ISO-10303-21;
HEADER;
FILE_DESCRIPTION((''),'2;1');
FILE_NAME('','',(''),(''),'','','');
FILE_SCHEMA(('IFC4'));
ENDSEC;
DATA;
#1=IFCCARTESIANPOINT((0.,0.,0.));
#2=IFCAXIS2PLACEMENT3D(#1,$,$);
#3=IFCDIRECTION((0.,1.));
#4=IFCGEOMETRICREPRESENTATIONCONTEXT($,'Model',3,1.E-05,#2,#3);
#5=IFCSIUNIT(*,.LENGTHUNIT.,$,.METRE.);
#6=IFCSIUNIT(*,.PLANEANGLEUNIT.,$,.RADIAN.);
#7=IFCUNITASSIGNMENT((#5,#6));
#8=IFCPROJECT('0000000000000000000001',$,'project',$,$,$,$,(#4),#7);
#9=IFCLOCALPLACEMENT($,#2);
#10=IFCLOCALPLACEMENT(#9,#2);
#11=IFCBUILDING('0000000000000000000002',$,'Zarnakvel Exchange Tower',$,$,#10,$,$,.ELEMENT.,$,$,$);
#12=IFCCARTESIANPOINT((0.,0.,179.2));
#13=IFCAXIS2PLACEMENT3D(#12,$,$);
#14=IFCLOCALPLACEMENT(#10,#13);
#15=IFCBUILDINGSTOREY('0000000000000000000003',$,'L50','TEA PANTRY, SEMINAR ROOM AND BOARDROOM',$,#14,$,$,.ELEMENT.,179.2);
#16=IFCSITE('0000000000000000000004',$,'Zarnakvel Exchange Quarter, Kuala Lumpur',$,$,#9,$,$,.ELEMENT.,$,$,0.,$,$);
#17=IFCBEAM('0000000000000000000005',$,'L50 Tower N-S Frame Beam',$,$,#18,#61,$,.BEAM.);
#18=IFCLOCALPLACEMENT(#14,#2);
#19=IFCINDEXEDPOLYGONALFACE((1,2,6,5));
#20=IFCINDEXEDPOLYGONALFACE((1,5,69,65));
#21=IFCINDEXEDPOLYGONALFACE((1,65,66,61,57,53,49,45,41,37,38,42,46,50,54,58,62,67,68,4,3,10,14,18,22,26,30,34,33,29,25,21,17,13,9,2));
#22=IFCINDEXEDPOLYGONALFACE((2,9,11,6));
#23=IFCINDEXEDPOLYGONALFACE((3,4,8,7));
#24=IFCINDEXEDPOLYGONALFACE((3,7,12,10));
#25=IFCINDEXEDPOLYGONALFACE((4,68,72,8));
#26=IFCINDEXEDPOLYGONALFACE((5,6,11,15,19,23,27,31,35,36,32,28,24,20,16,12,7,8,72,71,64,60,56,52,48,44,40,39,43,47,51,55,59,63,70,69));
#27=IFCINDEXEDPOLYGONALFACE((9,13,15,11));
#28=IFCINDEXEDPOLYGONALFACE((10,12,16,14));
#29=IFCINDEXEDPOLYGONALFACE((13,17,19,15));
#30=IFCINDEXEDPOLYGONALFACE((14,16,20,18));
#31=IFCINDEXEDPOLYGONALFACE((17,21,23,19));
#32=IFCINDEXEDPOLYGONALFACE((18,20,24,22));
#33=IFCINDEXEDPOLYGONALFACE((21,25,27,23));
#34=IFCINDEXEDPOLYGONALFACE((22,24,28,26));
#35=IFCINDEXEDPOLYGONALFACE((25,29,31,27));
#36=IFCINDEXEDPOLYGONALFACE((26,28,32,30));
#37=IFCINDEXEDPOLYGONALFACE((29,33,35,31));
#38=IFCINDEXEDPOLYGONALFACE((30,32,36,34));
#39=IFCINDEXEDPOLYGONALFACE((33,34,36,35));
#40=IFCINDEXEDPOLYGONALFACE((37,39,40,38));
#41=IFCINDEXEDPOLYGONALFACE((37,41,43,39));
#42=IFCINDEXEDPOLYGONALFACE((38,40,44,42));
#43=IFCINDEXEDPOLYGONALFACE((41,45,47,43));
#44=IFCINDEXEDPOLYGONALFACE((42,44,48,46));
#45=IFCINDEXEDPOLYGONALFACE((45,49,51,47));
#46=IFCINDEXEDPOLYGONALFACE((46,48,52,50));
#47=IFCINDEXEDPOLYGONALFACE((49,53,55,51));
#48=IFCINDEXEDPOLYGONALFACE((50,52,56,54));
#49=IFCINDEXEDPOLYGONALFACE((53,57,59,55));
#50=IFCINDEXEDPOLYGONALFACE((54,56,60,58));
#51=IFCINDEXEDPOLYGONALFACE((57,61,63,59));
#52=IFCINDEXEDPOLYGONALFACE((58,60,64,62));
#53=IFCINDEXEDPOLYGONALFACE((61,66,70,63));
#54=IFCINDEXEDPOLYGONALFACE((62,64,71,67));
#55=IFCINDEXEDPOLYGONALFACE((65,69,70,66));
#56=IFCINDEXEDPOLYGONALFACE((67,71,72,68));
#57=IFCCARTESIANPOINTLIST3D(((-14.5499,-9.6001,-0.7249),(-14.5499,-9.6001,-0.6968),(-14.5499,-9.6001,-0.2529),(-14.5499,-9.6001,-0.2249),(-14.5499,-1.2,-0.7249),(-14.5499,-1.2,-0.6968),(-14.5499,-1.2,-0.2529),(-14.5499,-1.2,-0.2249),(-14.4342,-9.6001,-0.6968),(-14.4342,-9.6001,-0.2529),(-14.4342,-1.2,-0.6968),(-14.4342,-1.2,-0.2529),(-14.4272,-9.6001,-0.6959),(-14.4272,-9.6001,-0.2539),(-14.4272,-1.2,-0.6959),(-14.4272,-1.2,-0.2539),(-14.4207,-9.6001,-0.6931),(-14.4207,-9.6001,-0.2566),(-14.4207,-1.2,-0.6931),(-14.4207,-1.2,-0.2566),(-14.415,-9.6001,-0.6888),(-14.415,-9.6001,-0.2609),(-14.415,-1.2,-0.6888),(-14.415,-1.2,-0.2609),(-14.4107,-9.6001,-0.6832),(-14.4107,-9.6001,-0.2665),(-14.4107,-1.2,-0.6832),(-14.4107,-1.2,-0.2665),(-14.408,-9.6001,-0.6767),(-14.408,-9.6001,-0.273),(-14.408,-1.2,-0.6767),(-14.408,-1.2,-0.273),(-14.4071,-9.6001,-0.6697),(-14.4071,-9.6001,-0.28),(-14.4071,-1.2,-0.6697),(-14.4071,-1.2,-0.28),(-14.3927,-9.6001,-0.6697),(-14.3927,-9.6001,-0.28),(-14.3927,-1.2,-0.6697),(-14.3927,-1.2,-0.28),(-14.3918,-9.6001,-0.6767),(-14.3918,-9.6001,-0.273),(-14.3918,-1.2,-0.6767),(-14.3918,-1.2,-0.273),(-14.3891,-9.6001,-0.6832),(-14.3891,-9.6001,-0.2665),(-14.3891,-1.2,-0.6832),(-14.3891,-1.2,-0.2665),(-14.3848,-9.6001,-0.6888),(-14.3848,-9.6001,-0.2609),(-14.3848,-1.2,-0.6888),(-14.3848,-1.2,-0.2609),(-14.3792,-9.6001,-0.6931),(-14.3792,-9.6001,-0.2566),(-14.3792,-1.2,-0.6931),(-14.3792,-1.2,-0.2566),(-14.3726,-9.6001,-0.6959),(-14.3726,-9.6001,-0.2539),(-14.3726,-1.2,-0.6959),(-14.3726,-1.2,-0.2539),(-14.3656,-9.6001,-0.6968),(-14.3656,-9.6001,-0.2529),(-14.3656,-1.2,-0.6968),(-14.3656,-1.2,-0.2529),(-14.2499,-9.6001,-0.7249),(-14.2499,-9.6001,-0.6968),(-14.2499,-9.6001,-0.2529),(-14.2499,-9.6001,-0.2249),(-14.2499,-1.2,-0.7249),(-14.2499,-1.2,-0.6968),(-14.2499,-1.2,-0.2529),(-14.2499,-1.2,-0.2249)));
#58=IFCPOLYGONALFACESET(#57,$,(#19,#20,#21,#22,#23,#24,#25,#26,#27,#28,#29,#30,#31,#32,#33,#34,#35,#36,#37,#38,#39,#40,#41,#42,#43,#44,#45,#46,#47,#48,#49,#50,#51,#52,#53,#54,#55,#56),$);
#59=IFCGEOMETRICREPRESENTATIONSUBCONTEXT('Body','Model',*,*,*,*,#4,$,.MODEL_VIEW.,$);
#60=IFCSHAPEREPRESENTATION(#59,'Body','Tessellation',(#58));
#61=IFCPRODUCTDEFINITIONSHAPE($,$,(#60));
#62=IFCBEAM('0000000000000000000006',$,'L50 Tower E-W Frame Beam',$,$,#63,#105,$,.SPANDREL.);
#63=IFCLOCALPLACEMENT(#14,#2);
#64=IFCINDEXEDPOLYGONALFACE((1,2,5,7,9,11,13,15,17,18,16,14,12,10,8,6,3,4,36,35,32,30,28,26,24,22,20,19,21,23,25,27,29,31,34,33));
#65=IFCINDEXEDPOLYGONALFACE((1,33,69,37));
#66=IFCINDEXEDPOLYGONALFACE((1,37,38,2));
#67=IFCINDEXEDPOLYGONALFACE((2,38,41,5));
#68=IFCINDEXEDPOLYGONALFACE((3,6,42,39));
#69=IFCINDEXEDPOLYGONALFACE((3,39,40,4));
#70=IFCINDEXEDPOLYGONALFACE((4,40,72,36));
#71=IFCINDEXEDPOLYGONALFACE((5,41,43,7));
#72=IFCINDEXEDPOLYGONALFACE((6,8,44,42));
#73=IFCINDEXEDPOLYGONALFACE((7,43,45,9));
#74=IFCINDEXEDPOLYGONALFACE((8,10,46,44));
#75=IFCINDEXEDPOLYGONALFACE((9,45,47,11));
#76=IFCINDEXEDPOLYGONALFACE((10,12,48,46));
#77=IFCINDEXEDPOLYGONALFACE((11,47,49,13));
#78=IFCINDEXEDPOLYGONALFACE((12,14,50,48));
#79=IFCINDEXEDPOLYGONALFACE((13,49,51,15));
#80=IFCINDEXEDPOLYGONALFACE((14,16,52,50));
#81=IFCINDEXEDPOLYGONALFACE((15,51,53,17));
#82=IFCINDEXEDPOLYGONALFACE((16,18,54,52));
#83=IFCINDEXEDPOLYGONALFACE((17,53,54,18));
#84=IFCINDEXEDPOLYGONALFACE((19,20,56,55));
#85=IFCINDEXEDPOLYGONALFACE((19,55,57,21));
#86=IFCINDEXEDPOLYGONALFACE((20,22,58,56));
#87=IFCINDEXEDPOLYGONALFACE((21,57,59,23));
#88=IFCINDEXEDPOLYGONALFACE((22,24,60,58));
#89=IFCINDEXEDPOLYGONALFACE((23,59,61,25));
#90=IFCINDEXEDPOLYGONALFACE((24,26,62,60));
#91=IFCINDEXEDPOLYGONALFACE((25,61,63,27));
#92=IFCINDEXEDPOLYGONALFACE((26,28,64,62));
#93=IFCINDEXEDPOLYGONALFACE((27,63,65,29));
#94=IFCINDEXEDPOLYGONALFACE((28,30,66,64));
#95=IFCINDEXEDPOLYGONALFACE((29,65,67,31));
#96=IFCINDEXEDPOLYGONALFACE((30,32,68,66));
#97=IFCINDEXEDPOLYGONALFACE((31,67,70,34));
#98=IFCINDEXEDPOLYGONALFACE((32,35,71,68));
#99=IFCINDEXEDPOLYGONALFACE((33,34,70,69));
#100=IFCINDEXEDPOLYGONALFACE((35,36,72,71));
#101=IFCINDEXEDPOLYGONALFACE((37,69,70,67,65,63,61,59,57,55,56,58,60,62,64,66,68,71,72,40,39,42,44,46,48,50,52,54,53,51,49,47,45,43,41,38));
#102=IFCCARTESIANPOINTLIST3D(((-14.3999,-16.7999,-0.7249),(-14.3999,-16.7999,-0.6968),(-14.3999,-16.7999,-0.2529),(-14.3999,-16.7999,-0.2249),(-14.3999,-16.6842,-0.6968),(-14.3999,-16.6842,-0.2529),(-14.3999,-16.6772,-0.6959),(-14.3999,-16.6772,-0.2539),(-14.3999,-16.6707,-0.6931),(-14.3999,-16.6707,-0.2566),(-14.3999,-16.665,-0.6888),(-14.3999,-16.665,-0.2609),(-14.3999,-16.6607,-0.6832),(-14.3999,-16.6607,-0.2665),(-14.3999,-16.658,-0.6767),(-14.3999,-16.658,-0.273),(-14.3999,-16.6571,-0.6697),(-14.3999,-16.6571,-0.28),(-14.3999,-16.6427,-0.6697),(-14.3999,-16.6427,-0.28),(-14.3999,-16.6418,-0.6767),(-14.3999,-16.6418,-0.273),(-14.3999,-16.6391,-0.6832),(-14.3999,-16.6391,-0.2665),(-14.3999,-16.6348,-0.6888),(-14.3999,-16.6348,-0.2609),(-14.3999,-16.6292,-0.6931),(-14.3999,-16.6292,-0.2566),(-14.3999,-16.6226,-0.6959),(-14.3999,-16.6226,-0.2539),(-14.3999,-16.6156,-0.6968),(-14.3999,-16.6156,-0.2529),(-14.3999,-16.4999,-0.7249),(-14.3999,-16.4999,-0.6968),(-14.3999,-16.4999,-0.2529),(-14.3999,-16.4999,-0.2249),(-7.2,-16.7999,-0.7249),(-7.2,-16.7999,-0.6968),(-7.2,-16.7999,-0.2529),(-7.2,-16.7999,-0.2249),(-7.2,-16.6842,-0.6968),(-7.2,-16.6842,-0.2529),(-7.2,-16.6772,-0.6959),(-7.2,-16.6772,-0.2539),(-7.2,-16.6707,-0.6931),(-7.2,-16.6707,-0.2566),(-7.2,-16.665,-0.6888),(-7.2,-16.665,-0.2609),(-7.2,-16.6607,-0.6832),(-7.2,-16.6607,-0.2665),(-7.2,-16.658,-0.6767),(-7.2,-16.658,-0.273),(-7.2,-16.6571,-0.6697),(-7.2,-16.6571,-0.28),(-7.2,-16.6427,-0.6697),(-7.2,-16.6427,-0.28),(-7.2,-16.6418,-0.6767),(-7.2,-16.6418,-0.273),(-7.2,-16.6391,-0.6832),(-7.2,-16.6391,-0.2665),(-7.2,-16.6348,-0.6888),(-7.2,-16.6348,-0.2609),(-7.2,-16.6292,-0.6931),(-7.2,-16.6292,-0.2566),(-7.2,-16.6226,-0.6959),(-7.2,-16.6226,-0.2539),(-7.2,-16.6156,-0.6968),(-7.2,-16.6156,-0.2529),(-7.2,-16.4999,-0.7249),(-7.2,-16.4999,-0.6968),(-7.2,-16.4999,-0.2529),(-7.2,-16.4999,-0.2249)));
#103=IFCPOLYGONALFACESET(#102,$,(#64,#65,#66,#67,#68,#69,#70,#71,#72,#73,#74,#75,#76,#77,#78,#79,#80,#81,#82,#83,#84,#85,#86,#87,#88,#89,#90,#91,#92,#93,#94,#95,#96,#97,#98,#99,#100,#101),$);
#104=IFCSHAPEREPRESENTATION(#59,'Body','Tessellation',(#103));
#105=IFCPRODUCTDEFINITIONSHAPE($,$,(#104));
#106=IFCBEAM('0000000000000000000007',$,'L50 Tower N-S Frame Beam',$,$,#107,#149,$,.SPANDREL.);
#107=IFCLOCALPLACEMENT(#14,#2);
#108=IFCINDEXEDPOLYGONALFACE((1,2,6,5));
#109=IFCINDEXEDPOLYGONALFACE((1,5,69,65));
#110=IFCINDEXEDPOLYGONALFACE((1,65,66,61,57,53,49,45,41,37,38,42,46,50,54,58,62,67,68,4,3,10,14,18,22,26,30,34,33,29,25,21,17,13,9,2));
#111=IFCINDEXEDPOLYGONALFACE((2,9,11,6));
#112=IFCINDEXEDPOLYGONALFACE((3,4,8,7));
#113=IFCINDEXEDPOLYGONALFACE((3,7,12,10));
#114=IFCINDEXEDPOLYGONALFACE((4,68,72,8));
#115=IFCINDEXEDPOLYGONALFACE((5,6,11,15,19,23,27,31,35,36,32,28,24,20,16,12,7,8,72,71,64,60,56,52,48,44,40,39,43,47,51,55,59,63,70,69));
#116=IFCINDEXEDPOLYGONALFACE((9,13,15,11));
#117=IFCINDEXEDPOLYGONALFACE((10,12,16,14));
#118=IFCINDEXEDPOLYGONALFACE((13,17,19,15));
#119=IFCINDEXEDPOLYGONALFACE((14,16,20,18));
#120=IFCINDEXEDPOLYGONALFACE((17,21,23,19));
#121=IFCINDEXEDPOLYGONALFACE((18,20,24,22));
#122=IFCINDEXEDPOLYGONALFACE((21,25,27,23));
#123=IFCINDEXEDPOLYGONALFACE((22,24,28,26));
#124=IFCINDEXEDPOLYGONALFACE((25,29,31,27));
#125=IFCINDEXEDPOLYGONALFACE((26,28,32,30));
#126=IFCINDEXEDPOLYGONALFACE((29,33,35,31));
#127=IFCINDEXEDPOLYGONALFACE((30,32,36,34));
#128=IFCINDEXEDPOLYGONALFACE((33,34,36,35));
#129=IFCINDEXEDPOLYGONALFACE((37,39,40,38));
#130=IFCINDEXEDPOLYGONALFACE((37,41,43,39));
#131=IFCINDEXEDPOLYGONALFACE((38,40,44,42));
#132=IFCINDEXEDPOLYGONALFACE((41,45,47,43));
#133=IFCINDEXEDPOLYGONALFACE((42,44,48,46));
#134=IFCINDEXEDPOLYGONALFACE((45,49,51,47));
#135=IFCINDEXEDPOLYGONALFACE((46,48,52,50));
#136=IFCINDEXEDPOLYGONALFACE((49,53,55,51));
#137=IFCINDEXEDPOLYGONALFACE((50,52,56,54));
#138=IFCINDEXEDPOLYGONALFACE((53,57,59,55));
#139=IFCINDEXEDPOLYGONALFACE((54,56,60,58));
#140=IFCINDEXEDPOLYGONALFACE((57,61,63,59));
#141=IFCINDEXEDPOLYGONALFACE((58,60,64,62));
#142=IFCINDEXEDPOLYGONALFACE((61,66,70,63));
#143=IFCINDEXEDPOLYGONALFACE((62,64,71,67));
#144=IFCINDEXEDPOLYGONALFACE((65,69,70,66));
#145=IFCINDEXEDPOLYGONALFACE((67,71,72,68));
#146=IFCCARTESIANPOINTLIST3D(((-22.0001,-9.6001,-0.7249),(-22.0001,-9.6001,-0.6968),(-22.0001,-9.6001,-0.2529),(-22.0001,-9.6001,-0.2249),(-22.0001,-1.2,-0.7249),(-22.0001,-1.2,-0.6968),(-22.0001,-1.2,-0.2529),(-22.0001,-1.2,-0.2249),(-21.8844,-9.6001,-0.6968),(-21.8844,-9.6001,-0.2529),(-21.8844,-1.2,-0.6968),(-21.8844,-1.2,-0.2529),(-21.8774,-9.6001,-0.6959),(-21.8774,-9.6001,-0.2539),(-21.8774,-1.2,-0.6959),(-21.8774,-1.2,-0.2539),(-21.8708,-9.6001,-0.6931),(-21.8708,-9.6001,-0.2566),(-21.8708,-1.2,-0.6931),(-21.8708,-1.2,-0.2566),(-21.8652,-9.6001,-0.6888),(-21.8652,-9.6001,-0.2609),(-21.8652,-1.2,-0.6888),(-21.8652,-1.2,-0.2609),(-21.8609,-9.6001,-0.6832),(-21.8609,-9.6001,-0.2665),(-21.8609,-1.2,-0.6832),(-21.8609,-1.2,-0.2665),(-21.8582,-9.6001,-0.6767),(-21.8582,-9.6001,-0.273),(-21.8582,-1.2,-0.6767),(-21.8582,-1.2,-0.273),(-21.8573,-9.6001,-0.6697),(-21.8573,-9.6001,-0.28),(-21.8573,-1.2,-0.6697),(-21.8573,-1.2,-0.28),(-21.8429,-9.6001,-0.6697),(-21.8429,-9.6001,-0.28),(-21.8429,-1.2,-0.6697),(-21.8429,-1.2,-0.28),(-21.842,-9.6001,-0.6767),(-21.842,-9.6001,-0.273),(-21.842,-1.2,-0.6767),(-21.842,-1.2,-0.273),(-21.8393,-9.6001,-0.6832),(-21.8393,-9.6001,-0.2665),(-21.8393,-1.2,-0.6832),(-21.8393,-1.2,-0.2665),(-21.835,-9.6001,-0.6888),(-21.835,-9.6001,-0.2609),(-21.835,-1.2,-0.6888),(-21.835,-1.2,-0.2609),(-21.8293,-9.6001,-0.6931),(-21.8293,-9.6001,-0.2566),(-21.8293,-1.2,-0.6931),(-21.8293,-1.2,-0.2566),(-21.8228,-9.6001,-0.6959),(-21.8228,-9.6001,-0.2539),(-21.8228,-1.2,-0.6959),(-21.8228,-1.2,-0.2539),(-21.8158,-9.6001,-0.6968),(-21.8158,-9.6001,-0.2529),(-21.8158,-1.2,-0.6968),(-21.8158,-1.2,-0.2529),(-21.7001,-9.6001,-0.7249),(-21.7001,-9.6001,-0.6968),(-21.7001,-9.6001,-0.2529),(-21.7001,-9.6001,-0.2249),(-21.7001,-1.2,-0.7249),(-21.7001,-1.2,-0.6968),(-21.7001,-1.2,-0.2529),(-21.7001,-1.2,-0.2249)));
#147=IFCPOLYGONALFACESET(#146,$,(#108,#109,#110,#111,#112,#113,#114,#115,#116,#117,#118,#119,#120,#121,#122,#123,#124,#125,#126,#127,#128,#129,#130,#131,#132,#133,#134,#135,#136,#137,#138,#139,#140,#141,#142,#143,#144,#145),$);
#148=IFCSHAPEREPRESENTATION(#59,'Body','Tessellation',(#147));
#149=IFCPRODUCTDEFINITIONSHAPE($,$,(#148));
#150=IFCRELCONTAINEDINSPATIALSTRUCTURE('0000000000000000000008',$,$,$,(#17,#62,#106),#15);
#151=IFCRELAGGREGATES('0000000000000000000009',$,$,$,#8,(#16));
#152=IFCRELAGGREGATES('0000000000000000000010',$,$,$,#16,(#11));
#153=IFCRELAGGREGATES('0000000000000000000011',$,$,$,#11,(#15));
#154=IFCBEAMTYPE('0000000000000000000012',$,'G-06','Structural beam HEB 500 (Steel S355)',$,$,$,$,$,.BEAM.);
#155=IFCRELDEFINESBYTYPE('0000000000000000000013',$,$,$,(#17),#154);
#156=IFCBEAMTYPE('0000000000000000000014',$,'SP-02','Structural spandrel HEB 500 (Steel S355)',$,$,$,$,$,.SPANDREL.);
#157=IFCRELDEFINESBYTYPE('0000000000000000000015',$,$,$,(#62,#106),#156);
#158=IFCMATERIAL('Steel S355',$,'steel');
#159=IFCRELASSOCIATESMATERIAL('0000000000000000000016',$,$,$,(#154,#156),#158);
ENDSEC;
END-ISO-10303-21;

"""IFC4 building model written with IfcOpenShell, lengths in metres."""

from ifc_helpers import new_model, si_unit, direction, frame, origin, origin_2d, place, context, subcontext, project, spatial, i_section, extrude, material, material_profile, profile_set, type_object, element, save


model = new_model("IFC4")

# Units and contexts
model_context = context("Model", 3, precision=1e-05, world=origin(), true_north=direction((0.0, 1.0)))
body_context = subcontext(model_context, "Body", "Model", "MODEL_VIEW")
ifc_project = project(units=[si_unit("LENGTHUNIT", "METRE"), si_unit("PLANEANGLEUNIT", "RADIAN")], contexts=[model_context])

# Site, building, storey
site_placement = place(None, origin())
site = spatial("IfcSite", under=ifc_project, at=site_placement, Name="Zarnakvel Exchange Quarter, Kuala Lumpur", CompositionType="ELEMENT", RefElevation=0.0)
building_placement = place(site_placement, origin())
building = spatial("IfcBuilding", under=site, at=building_placement, Name="Zarnakvel Exchange Tower", CompositionType="ELEMENT")
storey_placement = place(building_placement, frame((0.0, 0.0, 179.2)))
storey = spatial("IfcBuildingStorey", under=building, at=storey_placement, Name="L50", Description="TEA PANTRY, SEMINAR ROOM AND BOARDROOM", CompositionType="ELEMENT", Elevation=179.2)

# Shared definitions
ifc_material_1 = material(Name="Steel S355", Category="steel")

# Beams
ifc_material_profile_1 = material_profile(ifc_material_1, i_section(OverallWidth=0.3, OverallDepth=0.5, WebThickness=0.0144, FlangeThickness=0.0281, FilletRadius=0.0271, at=origin_2d()))
ifc_profile_set_1 = profile_set([ifc_material_profile_1], Name="Steel S355")
beam_type_1 = type_object("IfcBeamType", Name="G-06", Description="Structural beam HEB 500 (Steel S355)", PredefinedType="BEAM", material=ifc_profile_set_1)
beam_1_placement = place(storey_placement, frame((-14.3999, -9.6001, -0.4749), z_axis=(0.0, 1.0, 0.0), x_axis=(-1.0, 0.0, 0.0)))
element("IfcBeam", 1, at=beam_1_placement, inside=storey, type_object=beam_type_1, Name="L50 Tower N-S Frame Beam", PredefinedType="BEAM", context=body_context, shape_type="SweptSolid", body=[
    extrude(i_section(OverallWidth=0.3, OverallDepth=0.5, WebThickness=0.0144, FlangeThickness=0.0281, FilletRadius=0.0271, at=origin_2d()), origin(), (0.0, 0.0, 1.0), 8.4001),
])
ifc_material_profile_2 = material_profile(ifc_material_1, i_section(OverallWidth=0.3, OverallDepth=0.5, WebThickness=0.0144, FlangeThickness=0.0281, FilletRadius=0.0271, at=origin_2d()))
ifc_profile_set_2 = profile_set([ifc_material_profile_2], Name="Steel S355")
beam_type_2 = type_object("IfcBeamType", Name="SP-02", Description="Structural spandrel HEB 500 (Steel S355)", PredefinedType="SPANDREL", material=ifc_profile_set_2)
beam_2_placement = place(storey_placement, frame((-14.3999, -16.6499, -0.4749), z_axis=(1.0, 0.0, 0.0), x_axis=(0.0, 1.0, 0.0)))
element("IfcBeam", 2, at=beam_2_placement, inside=storey, type_object=beam_type_2, Name="L50 Tower E-W Frame Beam", PredefinedType="SPANDREL", context=body_context, shape_type="SweptSolid", body=[
    extrude(i_section(OverallWidth=0.3, OverallDepth=0.5, WebThickness=0.0144, FlangeThickness=0.0281, FilletRadius=0.0271, at=origin_2d()), origin(), (0.0, 0.0, 1.0), 7.2),
])
beam_3_placement = place(storey_placement, frame((-21.8501, -9.6001, -0.4749), z_axis=(0.0, 1.0, 0.0), x_axis=(-1.0, 0.0, 0.0)))
element("IfcBeam", 3, at=beam_3_placement, inside=storey, type_object=beam_type_2, Name="L50 Tower N-S Frame Beam", PredefinedType="SPANDREL", context=body_context, shape_type="SweptSolid", body=[
    extrude(i_section(OverallWidth=0.3, OverallDepth=0.5, WebThickness=0.0144, FlangeThickness=0.0281, FilletRadius=0.0271, at=origin_2d()), origin(), (0.0, 0.0, 1.0), 8.4001),
])

save(model, "model.ifc")
